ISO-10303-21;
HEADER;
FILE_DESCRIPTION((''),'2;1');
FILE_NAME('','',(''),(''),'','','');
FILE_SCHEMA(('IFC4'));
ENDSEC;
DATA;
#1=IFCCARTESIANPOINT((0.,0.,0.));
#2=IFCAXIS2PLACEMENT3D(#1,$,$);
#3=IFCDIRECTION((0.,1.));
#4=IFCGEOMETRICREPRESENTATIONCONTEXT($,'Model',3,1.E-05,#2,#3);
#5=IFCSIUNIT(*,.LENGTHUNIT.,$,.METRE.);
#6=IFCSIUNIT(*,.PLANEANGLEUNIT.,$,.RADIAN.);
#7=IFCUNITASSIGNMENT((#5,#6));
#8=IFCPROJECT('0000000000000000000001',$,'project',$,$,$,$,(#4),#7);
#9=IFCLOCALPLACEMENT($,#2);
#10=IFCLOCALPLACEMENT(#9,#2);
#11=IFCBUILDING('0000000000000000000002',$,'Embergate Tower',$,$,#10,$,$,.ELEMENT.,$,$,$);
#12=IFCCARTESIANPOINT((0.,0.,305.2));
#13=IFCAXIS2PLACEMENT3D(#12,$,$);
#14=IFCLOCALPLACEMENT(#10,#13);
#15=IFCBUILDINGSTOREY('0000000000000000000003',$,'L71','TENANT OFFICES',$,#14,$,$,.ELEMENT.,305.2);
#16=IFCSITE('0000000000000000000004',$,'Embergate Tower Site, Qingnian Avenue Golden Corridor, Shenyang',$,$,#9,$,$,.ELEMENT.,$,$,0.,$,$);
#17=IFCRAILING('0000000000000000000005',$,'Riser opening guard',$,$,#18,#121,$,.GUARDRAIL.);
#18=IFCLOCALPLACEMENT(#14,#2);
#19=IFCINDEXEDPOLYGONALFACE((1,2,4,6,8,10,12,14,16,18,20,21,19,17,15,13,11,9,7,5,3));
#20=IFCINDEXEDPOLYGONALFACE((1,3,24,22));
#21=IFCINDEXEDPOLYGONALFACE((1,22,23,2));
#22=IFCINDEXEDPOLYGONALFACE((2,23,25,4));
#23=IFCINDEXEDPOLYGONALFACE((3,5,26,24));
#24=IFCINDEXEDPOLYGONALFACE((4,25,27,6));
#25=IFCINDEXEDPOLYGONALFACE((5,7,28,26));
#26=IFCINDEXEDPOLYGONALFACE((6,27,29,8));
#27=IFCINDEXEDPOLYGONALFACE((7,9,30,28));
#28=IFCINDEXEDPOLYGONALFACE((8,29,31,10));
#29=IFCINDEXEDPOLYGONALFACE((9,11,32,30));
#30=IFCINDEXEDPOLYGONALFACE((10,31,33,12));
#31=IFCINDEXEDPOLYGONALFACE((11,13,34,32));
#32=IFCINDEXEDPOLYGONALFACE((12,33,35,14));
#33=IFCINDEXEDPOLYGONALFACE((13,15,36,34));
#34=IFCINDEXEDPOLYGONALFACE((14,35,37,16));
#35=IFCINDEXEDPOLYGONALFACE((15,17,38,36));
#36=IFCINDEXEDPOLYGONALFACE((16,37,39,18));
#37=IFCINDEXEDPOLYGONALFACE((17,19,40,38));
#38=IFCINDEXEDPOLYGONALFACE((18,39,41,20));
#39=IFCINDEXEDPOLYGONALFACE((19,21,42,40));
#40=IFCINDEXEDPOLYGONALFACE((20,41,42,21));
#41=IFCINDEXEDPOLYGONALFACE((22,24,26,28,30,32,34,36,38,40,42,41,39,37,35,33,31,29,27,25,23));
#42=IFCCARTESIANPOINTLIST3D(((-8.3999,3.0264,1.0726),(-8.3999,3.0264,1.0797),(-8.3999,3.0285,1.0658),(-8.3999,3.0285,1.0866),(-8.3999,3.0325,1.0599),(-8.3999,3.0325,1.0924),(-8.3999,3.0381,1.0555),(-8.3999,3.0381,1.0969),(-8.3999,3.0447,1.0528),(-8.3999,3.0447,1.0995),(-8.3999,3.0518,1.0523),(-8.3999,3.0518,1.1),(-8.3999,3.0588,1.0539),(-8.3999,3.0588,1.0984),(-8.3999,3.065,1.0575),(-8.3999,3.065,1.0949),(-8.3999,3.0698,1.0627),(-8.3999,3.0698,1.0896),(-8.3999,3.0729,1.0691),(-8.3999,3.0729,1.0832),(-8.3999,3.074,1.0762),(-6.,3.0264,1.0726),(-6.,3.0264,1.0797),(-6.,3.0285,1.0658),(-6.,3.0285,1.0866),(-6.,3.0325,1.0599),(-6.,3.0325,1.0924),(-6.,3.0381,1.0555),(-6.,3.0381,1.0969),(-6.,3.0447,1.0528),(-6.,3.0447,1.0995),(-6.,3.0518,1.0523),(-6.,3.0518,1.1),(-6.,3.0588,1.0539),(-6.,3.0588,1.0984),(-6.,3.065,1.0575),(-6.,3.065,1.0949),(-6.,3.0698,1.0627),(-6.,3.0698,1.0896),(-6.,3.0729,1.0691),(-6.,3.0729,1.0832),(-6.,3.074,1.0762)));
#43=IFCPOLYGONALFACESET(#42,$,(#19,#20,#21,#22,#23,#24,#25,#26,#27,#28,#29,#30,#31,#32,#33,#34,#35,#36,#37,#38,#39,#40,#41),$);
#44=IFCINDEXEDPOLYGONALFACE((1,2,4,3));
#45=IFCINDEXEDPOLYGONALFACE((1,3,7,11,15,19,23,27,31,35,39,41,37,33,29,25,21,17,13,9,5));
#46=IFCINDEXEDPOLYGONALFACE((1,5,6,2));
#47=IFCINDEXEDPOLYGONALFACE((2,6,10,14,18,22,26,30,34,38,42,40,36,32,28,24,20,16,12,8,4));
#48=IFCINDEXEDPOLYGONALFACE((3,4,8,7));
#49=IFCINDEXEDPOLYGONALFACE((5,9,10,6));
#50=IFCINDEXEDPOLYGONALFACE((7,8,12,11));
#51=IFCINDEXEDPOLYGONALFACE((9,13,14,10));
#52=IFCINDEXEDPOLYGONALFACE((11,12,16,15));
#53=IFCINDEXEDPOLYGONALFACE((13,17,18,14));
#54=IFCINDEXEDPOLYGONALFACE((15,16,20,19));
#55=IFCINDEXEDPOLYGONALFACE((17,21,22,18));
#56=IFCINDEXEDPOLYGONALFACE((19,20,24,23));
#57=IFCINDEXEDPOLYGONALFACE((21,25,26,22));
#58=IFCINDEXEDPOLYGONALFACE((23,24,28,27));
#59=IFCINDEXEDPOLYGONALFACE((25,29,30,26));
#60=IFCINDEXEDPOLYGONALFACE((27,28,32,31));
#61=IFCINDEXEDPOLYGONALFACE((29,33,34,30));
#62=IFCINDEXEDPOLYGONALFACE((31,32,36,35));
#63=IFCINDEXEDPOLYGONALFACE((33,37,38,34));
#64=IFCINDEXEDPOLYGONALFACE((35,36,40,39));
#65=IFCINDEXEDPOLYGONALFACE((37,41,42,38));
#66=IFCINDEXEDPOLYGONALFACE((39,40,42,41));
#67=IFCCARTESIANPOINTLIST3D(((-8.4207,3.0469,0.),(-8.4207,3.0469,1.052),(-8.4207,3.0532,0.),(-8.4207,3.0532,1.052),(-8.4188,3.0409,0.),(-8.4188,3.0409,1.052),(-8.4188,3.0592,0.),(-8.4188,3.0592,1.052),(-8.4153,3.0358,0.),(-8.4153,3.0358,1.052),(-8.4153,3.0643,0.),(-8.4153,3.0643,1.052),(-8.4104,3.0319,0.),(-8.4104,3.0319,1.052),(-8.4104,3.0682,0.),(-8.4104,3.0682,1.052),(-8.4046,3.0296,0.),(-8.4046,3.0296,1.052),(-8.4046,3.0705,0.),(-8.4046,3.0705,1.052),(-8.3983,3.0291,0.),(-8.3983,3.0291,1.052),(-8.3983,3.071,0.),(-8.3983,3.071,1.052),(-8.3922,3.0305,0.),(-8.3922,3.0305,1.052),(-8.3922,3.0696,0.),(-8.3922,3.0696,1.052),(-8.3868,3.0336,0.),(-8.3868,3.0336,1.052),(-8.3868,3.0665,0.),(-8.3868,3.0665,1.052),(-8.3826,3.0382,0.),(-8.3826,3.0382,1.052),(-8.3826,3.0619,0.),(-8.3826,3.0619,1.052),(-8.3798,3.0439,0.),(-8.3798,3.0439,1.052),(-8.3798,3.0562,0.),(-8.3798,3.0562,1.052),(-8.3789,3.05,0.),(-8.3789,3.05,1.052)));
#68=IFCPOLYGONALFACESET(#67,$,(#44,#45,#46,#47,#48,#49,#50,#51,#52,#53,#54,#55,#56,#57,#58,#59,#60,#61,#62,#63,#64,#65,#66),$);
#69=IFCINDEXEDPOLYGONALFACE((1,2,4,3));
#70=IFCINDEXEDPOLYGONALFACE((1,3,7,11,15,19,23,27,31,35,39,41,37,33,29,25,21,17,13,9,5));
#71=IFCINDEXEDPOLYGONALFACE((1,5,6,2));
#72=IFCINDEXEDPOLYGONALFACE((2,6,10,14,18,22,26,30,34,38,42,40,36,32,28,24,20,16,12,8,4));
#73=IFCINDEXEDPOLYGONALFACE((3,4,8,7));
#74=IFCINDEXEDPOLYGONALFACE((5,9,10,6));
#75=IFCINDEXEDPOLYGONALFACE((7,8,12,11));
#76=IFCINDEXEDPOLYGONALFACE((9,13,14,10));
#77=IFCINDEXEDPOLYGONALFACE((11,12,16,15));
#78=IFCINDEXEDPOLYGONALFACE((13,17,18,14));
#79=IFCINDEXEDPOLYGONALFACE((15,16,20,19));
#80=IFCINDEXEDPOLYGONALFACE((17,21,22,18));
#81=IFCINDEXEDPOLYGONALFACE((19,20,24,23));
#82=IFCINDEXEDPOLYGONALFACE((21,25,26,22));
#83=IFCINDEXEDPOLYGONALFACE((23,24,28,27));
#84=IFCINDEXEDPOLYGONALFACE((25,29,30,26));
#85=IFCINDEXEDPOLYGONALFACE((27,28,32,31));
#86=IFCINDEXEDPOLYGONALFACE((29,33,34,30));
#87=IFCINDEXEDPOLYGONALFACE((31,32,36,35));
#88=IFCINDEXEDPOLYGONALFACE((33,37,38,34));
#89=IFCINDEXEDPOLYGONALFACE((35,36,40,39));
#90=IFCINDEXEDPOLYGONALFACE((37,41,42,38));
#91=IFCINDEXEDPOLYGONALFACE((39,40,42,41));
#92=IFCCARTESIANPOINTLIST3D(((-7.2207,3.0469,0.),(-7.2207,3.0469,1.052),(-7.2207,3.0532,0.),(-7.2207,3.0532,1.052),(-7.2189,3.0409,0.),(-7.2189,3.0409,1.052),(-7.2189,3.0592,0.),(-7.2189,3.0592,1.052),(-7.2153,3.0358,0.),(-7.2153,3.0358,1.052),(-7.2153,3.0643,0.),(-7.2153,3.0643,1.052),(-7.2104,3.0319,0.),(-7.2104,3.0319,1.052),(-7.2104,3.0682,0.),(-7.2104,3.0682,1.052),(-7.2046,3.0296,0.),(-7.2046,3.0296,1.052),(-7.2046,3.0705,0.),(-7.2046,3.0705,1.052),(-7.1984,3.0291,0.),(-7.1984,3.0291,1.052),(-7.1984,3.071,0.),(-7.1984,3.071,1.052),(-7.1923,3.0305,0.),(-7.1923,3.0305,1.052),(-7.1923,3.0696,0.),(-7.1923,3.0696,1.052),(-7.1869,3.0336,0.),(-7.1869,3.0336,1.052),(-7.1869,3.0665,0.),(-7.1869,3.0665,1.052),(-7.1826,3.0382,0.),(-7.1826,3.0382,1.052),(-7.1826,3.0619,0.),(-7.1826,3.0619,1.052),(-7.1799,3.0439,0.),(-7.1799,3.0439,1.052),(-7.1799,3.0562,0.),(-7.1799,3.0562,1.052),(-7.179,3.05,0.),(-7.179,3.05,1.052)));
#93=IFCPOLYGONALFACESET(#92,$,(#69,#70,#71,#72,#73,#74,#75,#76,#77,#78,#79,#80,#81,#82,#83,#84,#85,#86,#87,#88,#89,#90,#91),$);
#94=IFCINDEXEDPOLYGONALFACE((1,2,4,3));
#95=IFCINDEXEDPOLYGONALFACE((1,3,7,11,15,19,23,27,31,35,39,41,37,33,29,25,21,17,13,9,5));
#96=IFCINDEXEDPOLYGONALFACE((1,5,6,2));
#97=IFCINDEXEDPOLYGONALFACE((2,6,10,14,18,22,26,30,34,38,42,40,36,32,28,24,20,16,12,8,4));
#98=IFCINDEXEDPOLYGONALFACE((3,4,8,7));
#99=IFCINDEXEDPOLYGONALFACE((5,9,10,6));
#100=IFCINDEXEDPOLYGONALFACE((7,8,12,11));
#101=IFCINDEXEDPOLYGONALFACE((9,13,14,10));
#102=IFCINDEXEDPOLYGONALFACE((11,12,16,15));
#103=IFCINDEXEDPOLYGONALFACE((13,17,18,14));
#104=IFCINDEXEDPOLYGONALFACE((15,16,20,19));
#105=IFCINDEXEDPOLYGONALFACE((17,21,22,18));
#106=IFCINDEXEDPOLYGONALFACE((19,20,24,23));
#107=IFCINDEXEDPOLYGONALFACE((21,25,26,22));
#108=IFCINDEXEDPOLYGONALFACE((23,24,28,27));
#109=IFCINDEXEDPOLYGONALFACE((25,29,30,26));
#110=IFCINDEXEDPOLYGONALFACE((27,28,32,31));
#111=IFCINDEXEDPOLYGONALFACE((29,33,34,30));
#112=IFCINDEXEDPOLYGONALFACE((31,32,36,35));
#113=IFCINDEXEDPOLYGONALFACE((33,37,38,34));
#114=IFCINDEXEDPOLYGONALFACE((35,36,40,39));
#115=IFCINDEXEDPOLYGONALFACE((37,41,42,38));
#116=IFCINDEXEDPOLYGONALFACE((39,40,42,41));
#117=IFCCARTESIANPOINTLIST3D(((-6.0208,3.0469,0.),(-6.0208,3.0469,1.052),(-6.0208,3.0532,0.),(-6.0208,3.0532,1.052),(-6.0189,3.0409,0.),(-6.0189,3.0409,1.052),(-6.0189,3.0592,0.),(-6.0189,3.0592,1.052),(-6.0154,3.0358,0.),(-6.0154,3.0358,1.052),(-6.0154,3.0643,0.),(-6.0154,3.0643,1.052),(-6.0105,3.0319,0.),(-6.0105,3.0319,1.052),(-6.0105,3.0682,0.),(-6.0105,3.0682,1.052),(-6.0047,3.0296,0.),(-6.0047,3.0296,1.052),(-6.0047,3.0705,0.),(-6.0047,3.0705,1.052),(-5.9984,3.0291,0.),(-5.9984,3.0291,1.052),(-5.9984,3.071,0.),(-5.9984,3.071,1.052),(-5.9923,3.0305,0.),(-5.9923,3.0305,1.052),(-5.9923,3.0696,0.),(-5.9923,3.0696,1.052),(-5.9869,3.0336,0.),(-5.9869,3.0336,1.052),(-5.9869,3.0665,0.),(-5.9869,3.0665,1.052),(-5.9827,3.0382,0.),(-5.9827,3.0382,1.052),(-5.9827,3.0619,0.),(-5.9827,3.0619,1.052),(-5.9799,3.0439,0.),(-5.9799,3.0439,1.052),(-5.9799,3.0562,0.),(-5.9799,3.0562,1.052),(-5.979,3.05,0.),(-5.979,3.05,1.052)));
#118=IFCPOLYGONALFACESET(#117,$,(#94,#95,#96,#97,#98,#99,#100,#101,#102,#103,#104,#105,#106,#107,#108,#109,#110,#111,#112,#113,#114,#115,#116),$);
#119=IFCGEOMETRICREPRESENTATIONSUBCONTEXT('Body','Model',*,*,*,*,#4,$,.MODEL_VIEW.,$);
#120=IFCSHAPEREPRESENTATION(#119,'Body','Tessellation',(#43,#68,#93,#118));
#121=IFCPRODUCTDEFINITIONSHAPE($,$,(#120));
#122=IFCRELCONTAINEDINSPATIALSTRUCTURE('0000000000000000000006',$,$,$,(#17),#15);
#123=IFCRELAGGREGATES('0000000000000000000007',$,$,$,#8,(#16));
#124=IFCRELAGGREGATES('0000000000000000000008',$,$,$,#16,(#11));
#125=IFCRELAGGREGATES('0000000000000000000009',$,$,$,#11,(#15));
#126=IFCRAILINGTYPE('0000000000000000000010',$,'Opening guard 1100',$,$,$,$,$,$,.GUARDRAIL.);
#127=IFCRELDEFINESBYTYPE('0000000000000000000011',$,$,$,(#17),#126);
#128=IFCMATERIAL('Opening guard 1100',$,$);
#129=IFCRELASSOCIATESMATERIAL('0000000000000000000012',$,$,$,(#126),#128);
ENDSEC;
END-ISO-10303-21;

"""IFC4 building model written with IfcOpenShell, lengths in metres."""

from ifc_helpers import new_model, si_unit, direction, frame, origin, origin_2d, place, context, subcontext, project, spatial, circle, extrude, source, transform, mapped, material, type_object, element, save


model = new_model("IFC4")

# Units and contexts
model_context = context("Model", 3, precision=1e-05, world=origin(), true_north=direction((0.0, 1.0)))
body_context = subcontext(model_context, "Body", "Model", "MODEL_VIEW")
ifc_project = project(units=[si_unit("LENGTHUNIT", "METRE"), si_unit("PLANEANGLEUNIT", "RADIAN")], contexts=[model_context])

# Site, building, storey
site_placement = place(None, origin())
site = spatial("IfcSite", under=ifc_project, at=site_placement, Name="Embergate Tower Site, Qingnian Avenue Golden Corridor, Shenyang", CompositionType="ELEMENT", RefElevation=0.0)
building_placement = place(site_placement, origin())
building = spatial("IfcBuilding", under=site, at=building_placement, Name="Embergate Tower", CompositionType="ELEMENT")
storey_placement = place(building_placement, frame((0.0, 0.0, 305.2)))
storey = spatial("IfcBuildingStorey", under=building, at=storey_placement, Name="L71", Description="TENANT OFFICES", CompositionType="ELEMENT", Elevation=305.2)

# Railing
ifc_material_1 = material(Name="Opening guard 1100")
railing_type = type_object("IfcRailingType", Name="Opening guard 1100", PredefinedType="GUARDRAIL", material=ifc_material_1)
shared_shape_1 = source(origin(), body_context, "Body", "SweptSolid", [
    extrude(circle(Radius=0.0239, at=origin_2d()), frame((0.0, 0.0, 1.0762), z_axis=(1.0, 0.0, 0.0), x_axis=(0.0, 1.0, 0.0)), (0.0, 0.0, 1.0), 2.3999),
    extrude(circle(Radius=0.021, at=origin_2d()), origin(), (0.0, 0.0, 1.0), 1.052),
    extrude(circle(Radius=0.021, at=origin_2d()), frame((1.2, 0.0, 0.0)), (0.0, 0.0, 1.0), 1.052),
    extrude(circle(Radius=0.021, at=origin_2d()), frame((2.3999, 0.0, 0.0)), (0.0, 0.0, 1.0), 1.052),
])
railing_placement = place(storey_placement, frame((-8.3999, 3.05, 0.0)))
element("IfcRailing", 1, at=railing_placement, inside=storey, type_object=railing_type, Name="Riser opening guard", PredefinedType="GUARDRAIL", context=body_context, shape_type="MappedRepresentation", body=[
    mapped(shared_shape_1, transform((0.0, 0.0, 0.0))),
])

save(model, "model.ifc")
